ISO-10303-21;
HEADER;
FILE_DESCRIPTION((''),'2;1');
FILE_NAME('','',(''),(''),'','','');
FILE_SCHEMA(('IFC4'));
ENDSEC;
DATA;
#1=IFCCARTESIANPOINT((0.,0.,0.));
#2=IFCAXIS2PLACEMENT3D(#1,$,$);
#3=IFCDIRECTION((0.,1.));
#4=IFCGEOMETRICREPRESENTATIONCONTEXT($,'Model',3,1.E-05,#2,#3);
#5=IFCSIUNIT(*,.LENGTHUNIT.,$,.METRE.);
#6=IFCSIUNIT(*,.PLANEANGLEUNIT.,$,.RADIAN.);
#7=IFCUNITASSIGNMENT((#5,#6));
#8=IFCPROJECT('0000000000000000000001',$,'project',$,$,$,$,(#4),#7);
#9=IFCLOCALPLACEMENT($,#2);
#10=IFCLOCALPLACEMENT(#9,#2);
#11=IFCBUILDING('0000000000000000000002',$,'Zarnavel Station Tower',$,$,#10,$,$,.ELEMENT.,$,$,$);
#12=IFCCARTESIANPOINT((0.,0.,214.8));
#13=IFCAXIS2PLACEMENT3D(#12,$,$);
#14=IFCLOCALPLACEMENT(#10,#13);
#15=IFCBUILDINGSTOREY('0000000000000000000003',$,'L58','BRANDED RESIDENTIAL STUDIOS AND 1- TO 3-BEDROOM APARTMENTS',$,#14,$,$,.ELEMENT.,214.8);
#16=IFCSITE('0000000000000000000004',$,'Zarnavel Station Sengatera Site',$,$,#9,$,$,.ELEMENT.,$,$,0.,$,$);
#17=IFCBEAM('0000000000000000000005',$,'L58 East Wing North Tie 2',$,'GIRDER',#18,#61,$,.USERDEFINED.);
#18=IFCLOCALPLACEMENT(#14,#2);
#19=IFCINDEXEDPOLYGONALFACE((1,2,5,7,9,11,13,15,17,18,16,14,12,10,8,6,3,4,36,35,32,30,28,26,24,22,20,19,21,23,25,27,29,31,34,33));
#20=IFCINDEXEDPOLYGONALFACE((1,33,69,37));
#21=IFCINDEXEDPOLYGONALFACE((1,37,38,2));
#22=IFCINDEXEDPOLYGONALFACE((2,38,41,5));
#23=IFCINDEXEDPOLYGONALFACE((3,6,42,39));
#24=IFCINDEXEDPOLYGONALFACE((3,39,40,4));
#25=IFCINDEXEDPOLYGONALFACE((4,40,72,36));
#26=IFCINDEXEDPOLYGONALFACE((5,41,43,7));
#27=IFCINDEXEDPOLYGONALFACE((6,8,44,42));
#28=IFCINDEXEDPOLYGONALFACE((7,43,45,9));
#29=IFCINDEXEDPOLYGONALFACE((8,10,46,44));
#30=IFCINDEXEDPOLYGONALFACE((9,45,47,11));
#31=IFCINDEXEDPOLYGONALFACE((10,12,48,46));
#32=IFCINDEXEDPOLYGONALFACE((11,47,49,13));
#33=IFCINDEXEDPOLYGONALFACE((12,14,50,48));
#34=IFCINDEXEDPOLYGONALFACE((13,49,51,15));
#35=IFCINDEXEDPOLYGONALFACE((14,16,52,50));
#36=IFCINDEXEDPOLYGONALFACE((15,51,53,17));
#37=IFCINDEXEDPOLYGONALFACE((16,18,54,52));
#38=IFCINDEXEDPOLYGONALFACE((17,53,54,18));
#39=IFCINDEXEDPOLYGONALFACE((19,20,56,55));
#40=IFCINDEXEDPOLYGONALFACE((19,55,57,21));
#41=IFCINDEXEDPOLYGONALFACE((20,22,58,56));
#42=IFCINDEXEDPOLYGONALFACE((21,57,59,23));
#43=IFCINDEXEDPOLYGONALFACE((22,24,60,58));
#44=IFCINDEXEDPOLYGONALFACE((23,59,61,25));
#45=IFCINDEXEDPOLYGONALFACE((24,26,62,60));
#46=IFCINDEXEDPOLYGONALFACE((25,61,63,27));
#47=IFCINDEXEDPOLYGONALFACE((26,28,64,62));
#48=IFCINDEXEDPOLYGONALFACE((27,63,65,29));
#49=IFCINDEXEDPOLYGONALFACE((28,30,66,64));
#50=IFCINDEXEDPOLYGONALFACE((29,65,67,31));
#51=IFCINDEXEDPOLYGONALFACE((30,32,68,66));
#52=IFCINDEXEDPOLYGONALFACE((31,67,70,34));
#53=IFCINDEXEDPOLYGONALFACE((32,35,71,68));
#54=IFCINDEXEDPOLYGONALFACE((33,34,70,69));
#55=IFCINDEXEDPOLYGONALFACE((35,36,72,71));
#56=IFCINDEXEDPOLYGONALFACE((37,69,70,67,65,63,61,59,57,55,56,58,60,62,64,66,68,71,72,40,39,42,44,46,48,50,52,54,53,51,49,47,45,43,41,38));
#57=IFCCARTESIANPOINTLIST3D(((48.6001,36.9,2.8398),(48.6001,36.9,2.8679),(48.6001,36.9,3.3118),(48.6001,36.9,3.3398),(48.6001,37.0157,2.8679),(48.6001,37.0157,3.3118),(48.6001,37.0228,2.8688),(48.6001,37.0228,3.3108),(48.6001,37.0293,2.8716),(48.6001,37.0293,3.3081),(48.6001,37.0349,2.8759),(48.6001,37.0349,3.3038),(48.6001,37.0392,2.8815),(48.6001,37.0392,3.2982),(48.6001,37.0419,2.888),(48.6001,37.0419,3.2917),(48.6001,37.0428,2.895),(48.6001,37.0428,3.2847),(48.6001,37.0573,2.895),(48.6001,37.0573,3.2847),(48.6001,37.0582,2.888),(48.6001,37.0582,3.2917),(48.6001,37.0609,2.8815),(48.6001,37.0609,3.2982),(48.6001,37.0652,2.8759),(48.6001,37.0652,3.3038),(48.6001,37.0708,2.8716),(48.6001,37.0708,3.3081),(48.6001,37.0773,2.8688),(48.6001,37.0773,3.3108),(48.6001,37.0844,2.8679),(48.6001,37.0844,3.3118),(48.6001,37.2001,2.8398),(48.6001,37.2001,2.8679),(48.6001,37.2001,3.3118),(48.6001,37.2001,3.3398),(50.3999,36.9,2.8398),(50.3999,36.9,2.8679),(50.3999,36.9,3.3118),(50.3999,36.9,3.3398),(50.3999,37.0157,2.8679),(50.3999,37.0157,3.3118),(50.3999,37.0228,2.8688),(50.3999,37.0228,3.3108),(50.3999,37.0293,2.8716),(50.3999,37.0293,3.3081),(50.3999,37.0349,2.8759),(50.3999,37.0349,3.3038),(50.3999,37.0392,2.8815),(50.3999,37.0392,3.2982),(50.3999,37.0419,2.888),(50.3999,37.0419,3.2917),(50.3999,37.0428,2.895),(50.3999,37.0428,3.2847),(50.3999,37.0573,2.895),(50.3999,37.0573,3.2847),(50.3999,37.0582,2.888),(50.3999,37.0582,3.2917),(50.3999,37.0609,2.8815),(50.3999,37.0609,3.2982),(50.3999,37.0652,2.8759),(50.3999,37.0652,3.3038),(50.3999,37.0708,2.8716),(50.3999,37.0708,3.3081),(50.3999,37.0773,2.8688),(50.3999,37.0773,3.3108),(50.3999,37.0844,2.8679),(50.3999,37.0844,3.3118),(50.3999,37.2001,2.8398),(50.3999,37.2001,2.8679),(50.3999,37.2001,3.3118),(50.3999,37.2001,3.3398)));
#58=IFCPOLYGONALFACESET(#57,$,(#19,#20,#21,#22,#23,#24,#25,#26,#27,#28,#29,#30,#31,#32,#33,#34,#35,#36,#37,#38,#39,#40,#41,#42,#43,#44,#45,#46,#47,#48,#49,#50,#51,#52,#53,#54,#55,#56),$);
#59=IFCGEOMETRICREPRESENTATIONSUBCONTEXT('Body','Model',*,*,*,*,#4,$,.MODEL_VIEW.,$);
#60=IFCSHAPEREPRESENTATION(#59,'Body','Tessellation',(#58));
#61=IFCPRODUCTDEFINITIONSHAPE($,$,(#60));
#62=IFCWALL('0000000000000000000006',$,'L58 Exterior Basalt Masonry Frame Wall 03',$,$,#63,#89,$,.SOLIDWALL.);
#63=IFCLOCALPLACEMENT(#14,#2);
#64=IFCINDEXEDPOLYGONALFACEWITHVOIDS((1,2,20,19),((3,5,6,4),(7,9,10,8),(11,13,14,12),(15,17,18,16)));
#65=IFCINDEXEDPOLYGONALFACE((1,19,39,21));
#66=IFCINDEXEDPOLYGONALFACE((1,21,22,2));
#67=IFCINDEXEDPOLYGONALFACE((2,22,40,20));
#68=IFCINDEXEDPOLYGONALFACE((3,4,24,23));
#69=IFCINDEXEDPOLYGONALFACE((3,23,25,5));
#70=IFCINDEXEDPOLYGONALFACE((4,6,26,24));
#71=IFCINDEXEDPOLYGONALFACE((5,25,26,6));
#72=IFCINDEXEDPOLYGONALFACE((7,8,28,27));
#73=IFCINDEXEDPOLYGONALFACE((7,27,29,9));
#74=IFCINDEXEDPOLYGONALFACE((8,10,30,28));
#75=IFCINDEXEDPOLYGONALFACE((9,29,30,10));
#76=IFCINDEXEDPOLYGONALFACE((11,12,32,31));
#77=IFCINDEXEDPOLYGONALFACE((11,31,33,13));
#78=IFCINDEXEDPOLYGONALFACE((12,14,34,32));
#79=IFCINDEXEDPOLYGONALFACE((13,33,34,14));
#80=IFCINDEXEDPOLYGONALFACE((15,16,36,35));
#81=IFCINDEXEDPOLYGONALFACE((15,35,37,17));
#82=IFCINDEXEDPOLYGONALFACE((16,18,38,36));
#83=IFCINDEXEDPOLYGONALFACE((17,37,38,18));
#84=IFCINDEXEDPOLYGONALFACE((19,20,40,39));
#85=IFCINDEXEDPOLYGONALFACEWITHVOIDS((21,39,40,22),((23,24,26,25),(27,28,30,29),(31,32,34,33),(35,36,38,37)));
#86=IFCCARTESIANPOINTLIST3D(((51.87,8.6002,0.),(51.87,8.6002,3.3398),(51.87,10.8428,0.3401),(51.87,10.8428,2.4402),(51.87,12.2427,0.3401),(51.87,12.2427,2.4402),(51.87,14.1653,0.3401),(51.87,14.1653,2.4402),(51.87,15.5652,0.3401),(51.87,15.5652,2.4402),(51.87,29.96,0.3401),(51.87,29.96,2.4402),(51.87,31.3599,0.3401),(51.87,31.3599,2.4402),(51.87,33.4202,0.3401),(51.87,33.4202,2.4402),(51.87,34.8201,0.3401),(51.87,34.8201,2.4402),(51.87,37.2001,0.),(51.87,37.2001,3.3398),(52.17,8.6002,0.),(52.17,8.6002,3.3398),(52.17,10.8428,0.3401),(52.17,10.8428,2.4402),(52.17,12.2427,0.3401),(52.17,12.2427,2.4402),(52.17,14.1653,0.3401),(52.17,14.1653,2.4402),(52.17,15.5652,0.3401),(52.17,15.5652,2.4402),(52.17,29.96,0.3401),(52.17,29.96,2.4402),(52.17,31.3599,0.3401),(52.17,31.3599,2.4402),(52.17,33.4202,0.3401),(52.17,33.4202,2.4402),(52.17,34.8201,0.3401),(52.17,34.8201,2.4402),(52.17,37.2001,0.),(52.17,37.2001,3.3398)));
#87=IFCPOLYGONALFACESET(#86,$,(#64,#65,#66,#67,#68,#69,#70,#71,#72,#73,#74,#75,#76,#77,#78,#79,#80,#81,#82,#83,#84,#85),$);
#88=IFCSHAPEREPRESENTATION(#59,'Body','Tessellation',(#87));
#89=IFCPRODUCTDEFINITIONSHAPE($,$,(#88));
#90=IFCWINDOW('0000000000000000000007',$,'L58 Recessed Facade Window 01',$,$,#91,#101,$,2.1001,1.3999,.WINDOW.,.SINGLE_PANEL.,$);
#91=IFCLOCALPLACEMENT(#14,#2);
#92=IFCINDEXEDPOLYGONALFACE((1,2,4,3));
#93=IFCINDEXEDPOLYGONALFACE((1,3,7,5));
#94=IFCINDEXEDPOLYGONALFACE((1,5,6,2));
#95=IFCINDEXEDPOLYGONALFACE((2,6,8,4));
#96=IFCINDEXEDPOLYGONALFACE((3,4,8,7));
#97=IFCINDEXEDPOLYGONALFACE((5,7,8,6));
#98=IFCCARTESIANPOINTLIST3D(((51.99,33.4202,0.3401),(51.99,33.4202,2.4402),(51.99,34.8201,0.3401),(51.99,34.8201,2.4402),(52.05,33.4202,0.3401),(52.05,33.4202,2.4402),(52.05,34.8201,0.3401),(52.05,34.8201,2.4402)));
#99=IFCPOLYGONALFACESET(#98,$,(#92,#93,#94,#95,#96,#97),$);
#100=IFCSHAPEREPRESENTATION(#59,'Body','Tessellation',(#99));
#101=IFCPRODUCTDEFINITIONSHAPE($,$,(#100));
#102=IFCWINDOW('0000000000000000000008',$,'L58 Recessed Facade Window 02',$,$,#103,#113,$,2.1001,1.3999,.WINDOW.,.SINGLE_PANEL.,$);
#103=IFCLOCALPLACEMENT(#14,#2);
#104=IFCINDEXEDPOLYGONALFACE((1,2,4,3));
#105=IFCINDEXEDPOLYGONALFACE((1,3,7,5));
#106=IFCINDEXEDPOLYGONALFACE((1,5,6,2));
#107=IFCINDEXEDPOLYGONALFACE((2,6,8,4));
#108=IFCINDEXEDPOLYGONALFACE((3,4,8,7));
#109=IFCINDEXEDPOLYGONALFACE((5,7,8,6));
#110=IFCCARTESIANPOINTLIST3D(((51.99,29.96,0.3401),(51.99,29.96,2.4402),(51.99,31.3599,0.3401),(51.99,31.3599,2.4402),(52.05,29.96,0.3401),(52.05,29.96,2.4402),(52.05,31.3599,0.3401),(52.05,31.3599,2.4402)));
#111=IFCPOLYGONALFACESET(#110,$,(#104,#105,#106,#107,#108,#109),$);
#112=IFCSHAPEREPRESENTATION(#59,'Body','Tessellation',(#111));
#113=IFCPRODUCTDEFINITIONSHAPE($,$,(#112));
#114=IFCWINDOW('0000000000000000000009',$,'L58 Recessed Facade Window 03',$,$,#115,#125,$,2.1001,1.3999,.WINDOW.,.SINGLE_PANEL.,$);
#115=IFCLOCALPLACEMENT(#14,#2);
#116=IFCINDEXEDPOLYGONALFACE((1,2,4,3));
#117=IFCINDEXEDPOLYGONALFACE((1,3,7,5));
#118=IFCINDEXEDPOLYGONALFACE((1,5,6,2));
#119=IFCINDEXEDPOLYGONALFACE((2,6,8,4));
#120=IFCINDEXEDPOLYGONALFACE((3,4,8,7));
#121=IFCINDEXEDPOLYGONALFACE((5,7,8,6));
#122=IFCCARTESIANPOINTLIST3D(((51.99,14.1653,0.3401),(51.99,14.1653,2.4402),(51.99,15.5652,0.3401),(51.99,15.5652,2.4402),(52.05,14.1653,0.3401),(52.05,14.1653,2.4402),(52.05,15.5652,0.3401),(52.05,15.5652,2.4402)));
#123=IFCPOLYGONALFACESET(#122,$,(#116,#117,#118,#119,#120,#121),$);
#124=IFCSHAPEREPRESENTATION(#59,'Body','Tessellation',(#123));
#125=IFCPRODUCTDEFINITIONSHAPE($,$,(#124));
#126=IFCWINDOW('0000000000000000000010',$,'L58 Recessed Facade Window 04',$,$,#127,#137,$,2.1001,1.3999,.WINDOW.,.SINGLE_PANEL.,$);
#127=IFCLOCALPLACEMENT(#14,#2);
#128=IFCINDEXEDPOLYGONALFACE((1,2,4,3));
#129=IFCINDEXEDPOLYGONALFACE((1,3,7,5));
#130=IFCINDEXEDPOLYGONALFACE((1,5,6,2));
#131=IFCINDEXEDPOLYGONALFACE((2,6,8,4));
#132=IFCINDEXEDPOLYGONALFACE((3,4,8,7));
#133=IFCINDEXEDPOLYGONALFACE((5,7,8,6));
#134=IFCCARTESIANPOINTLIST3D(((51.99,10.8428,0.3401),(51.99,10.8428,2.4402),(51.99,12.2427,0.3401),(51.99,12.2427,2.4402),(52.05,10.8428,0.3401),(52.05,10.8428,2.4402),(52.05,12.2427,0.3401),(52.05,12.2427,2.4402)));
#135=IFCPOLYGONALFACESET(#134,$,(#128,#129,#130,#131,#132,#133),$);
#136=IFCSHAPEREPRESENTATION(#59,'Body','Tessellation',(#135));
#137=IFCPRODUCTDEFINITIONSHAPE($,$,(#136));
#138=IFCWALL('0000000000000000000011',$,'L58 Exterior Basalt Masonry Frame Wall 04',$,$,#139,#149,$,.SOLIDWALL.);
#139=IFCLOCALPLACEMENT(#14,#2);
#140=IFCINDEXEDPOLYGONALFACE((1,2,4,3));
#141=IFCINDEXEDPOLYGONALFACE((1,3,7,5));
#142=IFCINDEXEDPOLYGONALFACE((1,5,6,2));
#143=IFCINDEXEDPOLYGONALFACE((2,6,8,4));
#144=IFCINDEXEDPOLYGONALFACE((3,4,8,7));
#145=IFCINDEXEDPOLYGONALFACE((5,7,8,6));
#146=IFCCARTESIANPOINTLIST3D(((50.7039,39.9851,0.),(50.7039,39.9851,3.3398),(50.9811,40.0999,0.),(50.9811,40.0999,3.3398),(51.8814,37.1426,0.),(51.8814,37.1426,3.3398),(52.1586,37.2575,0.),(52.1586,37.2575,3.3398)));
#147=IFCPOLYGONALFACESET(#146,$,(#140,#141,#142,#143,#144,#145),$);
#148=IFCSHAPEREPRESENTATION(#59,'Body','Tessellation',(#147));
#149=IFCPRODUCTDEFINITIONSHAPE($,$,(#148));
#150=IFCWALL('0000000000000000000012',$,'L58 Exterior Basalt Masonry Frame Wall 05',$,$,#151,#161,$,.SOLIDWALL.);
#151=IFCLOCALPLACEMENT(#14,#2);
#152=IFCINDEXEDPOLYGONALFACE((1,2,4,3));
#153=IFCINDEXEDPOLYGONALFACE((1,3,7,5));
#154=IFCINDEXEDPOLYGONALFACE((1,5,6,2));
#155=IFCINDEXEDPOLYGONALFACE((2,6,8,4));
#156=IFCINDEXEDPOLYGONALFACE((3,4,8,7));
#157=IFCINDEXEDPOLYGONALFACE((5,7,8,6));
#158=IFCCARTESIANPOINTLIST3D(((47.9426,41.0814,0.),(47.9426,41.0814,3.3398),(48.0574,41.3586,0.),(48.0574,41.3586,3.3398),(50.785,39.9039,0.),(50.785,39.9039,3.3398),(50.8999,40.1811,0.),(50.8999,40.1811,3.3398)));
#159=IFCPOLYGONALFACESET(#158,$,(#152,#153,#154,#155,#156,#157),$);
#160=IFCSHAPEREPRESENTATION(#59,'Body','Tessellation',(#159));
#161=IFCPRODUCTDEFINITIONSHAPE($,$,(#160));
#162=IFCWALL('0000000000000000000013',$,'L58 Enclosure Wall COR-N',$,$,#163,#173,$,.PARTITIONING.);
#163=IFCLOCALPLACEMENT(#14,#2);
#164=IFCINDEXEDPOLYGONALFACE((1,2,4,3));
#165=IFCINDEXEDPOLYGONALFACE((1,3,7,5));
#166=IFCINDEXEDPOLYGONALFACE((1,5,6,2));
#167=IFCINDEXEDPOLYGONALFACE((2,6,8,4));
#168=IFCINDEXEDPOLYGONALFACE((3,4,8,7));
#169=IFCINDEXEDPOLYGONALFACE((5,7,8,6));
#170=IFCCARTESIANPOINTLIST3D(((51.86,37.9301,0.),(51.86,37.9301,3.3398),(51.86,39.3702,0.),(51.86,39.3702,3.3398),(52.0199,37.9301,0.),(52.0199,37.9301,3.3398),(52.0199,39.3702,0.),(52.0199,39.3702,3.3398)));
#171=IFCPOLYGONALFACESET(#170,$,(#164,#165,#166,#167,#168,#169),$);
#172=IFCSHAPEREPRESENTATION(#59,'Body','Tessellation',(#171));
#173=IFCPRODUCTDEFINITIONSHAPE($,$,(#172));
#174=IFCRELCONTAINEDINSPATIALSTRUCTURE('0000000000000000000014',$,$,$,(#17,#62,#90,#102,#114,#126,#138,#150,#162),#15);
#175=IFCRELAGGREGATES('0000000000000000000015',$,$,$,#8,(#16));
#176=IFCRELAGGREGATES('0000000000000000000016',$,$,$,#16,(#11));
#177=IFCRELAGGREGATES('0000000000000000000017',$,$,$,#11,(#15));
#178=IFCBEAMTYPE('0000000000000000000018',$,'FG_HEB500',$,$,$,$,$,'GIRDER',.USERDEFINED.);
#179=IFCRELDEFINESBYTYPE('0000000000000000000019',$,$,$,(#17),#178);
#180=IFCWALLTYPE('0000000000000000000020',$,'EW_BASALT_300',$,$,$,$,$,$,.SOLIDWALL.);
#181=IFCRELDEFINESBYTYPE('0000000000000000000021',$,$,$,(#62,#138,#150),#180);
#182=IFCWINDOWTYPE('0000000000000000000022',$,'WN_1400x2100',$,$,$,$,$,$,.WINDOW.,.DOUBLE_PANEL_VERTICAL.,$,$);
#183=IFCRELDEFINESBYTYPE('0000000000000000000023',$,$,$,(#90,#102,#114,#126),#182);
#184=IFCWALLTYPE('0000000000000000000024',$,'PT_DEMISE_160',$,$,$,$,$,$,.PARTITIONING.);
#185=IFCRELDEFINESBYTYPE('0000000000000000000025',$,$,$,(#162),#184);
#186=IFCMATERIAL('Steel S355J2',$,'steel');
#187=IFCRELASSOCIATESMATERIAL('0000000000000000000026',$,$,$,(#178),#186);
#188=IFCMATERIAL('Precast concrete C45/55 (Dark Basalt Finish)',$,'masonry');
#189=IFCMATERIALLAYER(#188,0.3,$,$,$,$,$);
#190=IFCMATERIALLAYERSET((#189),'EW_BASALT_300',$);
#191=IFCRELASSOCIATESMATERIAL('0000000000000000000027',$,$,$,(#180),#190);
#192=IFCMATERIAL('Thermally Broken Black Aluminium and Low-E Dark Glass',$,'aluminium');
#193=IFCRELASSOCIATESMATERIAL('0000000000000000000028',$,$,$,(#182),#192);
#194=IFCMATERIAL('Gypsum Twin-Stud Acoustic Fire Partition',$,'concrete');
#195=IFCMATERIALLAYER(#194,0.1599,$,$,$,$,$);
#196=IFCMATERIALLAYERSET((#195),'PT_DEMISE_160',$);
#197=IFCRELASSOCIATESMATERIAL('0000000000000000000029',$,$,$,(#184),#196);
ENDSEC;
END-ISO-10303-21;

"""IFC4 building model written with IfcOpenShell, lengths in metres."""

from ifc_helpers import new_model, si_unit, direction, frame, frame_2d, origin, origin_2d, place, context, subcontext, project, spatial, rectangle, i_section, extrude, material, layer, layer_set, material_profile, profile_set, type_object, element, fill, save


model = new_model("IFC4")

# Units and contexts
model_context = context("Model", 3, precision=1e-05, world=origin(), true_north=direction((0.0, 1.0)))
body_context = subcontext(model_context, "Body", "Model", "MODEL_VIEW")
ifc_project = project(units=[si_unit("LENGTHUNIT", "METRE"), si_unit("PLANEANGLEUNIT", "RADIAN")], contexts=[model_context])

# Site, building, storey
site_placement = place(None, origin())
site = spatial("IfcSite", under=ifc_project, at=site_placement, Name="Zarnavel Station Sengatera Site", CompositionType="ELEMENT", RefElevation=0.0)
building_placement = place(site_placement, origin())
building = spatial("IfcBuilding", under=site, at=building_placement, Name="Zarnavel Station Tower", CompositionType="ELEMENT")
storey_placement = place(building_placement, frame((0.0, 0.0, 214.8)))
storey = spatial("IfcBuildingStorey", under=building, at=storey_placement, Name="L58", Description="BRANDED RESIDENTIAL STUDIOS AND 1- TO 3-BEDROOM APARTMENTS", CompositionType="ELEMENT", Elevation=214.8)

# Beam
ifc_material_1 = material(Name="Steel S355J2", Category="steel")
ifc_material_profile_1 = material_profile(ifc_material_1, i_section(OverallWidth=0.3, OverallDepth=0.5, WebThickness=0.0144, FlangeThickness=0.0281, FilletRadius=0.0271, at=origin_2d()), Name="HEB500")
ifc_profile_set_1 = profile_set([ifc_material_profile_1], Name="Steel S355J2")
beam_type = type_object("IfcBeamType", Name="FG_HEB500", ElementType="GIRDER", PredefinedType="USERDEFINED", material=ifc_profile_set_1)
beam_1_placement = place(storey_placement, frame((48.6001, 37.05, 3.0898), z_axis=(1.0, 0.0, 0.0), x_axis=(0.0, 1.0, 0.0)))
element("IfcBeam", 1, at=beam_1_placement, inside=storey, type_object=beam_type, Name="L58 East Wing North Tie 2", ObjectType="GIRDER", PredefinedType="USERDEFINED", context=body_context, shape_type="SweptSolid", body=[
    extrude(i_section(OverallWidth=0.3, OverallDepth=0.5, WebThickness=0.0144, FlangeThickness=0.0281, FilletRadius=0.0271, at=origin_2d()), origin(), (0.0, 0.0, 1.0), 1.7998),
])

# Wall, openings, windows
ifc_material_2 = material(Name="Precast concrete C45/55 (Dark Basalt Finish)", Category="masonry")
ifc_layer_1 = layer(ifc_material_2, 0.3)
ifc_layer_set_1 = layer_set([ifc_layer_1], Name="EW_BASALT_300")
wall_type_1 = type_object("IfcWallType", Name="EW_BASALT_300", PredefinedType="SOLIDWALL", material=ifc_layer_set_1)
wall_1_placement = place(storey_placement, frame((52.02, 37.2, 0.0), z_axis=(0.0, 0.0, 1.0), x_axis=(0.0, -1.0, 0.0)))
wall_1 = element("IfcWall", 2, at=wall_1_placement, inside=storey, type_object=wall_type_1, Name="L58 Exterior Basalt Masonry Frame Wall 03", PredefinedType="SOLIDWALL", context=body_context, shape_type="SweptSolid", body=[
    extrude(rectangle(XDim=28.5999, YDim=0.3, at=frame_2d((14.2998, 0.0))), origin(), (0.0, 0.0, 1.0), 3.3398),
])
opening_1_placement = place(wall_1_placement, frame((2.3799, 0.0, 0.3401)))
opening_1 = element("IfcOpeningElement", 3, at=opening_1_placement, cuts=wall_1, PredefinedType="OPENING", context=body_context, shape_type="SweptSolid", body=[
    extrude(rectangle(XDim=1.3999, YDim=2.1001, at=frame_2d((0.7, 1.05))), frame((0.0, 0.1599, 0.0), z_axis=(0.0, -1.0, 0.0), x_axis=(1.0, 0.0, 0.0)), (0.0, 0.0, 1.0), 0.3201),
])
opening_2_placement = place(wall_1_placement, frame((5.8401, 0.0, 0.3401)))
opening_2 = element("IfcOpeningElement", 4, at=opening_2_placement, cuts=wall_1, PredefinedType="OPENING", context=body_context, shape_type="SweptSolid", body=[
    extrude(rectangle(XDim=1.3999, YDim=2.1001, at=frame_2d((0.7, 1.05))), frame((0.0, 0.1599, 0.0), z_axis=(0.0, -1.0, 0.0), x_axis=(1.0, 0.0, 0.0)), (0.0, 0.0, 1.0), 0.3201),
])
opening_3_placement = place(wall_1_placement, frame((21.6348, 0.0, 0.3401)))
opening_3 = element("IfcOpeningElement", 5, at=opening_3_placement, cuts=wall_1, PredefinedType="OPENING", context=body_context, shape_type="SweptSolid", body=[
    extrude(rectangle(XDim=1.3999, YDim=2.1001, at=frame_2d((0.7, 1.05))), frame((0.0, 0.1599, 0.0), z_axis=(0.0, -1.0, 0.0), x_axis=(1.0, 0.0, 0.0)), (0.0, 0.0, 1.0), 0.3201),
])
opening_4_placement = place(wall_1_placement, frame((24.9573, 0.0, 0.3401)))
opening_4 = element("IfcOpeningElement", 6, at=opening_4_placement, cuts=wall_1, PredefinedType="OPENING", context=body_context, shape_type="SweptSolid", body=[
    extrude(rectangle(XDim=1.3999, YDim=2.1001, at=frame_2d((0.7, 1.05))), frame((0.0, 0.1599, 0.0), z_axis=(0.0, -1.0, 0.0), x_axis=(1.0, 0.0, 0.0)), (0.0, 0.0, 1.0), 0.3201),
])
ifc_material_3 = material(Name="Thermally Broken Black Aluminium and Low-E Dark Glass", Category="aluminium")
window_type = type_object("IfcWindowType", Name="WN_1400x2100", PartitioningType="DOUBLE_PANEL_VERTICAL", PredefinedType="WINDOW", material=ifc_material_3)
window_1_placement = place(opening_1_placement, origin())
window_1 = element("IfcWindow", 7, at=window_1_placement, inside=storey, type_object=window_type, Name="L58 Recessed Facade Window 01", OverallHeight=2.1001, OverallWidth=1.3999, PartitioningType="SINGLE_PANEL", PredefinedType="WINDOW", context=body_context, shape_type="SweptSolid", body=[
    extrude(rectangle(XDim=1.3999, YDim=2.1001, at=frame_2d((0.7, 1.05))), frame((0.0, 0.03, 0.0), z_axis=(0.0, -1.0, 0.0), x_axis=(1.0, 0.0, 0.0)), (0.0, 0.0, 1.0), 0.0601),
])
fill(opening_1, window_1)
window_2_placement = place(opening_2_placement, origin())
window_2 = element("IfcWindow", 8, at=window_2_placement, inside=storey, type_object=window_type, Name="L58 Recessed Facade Window 02", OverallHeight=2.1001, OverallWidth=1.3999, PartitioningType="SINGLE_PANEL", PredefinedType="WINDOW", context=body_context, shape_type="SweptSolid", body=[
    extrude(rectangle(XDim=1.3999, YDim=2.1001, at=frame_2d((0.7, 1.05))), frame((0.0, 0.03, 0.0), z_axis=(0.0, -1.0, 0.0), x_axis=(1.0, 0.0, 0.0)), (0.0, 0.0, 1.0), 0.0601),
])
fill(opening_2, window_2)
window_3_placement = place(opening_3_placement, origin())
window_3 = element("IfcWindow", 9, at=window_3_placement, inside=storey, type_object=window_type, Name="L58 Recessed Facade Window 03", OverallHeight=2.1001, OverallWidth=1.3999, PartitioningType="SINGLE_PANEL", PredefinedType="WINDOW", context=body_context, shape_type="SweptSolid", body=[
    extrude(rectangle(XDim=1.3999, YDim=2.1001, at=frame_2d((0.7, 1.05))), frame((0.0, 0.03, 0.0), z_axis=(0.0, -1.0, 0.0), x_axis=(1.0, 0.0, 0.0)), (0.0, 0.0, 1.0), 0.0601),
])
fill(opening_3, window_3)
window_4_placement = place(opening_4_placement, origin())
window_4 = element("IfcWindow", 10, at=window_4_placement, inside=storey, type_object=window_type, Name="L58 Recessed Facade Window 04", OverallHeight=2.1001, OverallWidth=1.3999, PartitioningType="SINGLE_PANEL", PredefinedType="WINDOW", context=body_context, shape_type="SweptSolid", body=[
    extrude(rectangle(XDim=1.3999, YDim=2.1001, at=frame_2d((0.7, 1.05))), frame((0.0, 0.03, 0.0), z_axis=(0.0, -1.0, 0.0), x_axis=(1.0, 0.0, 0.0)), (0.0, 0.0, 1.0), 0.0601),
])
fill(opening_4, window_4)

# Walls
for number, where, z_axis, x_axis, name in (
    (11, (50.8425, 40.0425, 0.0), (0.0, 0.0, 1.0), (0.382705, -0.923871, 0.0), "L58 Exterior Basalt Masonry Frame Wall 04"),
    (12, (48.0, 41.22, 0.0), (0.0, 0.0, 1.0), (0.923871, -0.382705, 0.0), "L58 Exterior Basalt Masonry Frame Wall 05"),
):
    element("IfcWall", number, at=place(storey_placement, frame(where, z_axis=z_axis, x_axis=x_axis)), inside=storey, type_object=wall_type_1, Name=name, PredefinedType="SOLIDWALL", context=body_context, shape_type="SweptSolid", body=[
        extrude(rectangle(XDim=3.0767, YDim=0.3, at=frame_2d((1.5383, 0.0))), origin(), (0.0, 0.0, 1.0), 3.3398),
    ])
ifc_material_4 = material(Name="Gypsum Twin-Stud Acoustic Fire Partition", Category="concrete")
ifc_layer_2 = layer(ifc_material_4, 0.1599)
ifc_layer_set_2 = layer_set([ifc_layer_2], Name="PT_DEMISE_160")
wall_type_2 = type_object("IfcWallType", Name="PT_DEMISE_160", PredefinedType="PARTITIONING", material=ifc_layer_set_2)
wall_2_placement = place(storey_placement, frame((51.9399, 37.9299, 0.0), z_axis=(0.0, 0.0, 1.0), x_axis=(0.0, 1.0, 0.0)))
element("IfcWall", 13, at=wall_2_placement, inside=storey, type_object=wall_type_2, Name="L58 Enclosure Wall COR-N", PredefinedType="PARTITIONING", context=body_context, shape_type="SweptSolid", body=[
    extrude(rectangle(XDim=1.4402, YDim=0.1599, at=frame_2d((0.7202, 0.0))), origin(), (0.0, 0.0, 1.0), 3.3398),
])

save(model, "model.ifc")
